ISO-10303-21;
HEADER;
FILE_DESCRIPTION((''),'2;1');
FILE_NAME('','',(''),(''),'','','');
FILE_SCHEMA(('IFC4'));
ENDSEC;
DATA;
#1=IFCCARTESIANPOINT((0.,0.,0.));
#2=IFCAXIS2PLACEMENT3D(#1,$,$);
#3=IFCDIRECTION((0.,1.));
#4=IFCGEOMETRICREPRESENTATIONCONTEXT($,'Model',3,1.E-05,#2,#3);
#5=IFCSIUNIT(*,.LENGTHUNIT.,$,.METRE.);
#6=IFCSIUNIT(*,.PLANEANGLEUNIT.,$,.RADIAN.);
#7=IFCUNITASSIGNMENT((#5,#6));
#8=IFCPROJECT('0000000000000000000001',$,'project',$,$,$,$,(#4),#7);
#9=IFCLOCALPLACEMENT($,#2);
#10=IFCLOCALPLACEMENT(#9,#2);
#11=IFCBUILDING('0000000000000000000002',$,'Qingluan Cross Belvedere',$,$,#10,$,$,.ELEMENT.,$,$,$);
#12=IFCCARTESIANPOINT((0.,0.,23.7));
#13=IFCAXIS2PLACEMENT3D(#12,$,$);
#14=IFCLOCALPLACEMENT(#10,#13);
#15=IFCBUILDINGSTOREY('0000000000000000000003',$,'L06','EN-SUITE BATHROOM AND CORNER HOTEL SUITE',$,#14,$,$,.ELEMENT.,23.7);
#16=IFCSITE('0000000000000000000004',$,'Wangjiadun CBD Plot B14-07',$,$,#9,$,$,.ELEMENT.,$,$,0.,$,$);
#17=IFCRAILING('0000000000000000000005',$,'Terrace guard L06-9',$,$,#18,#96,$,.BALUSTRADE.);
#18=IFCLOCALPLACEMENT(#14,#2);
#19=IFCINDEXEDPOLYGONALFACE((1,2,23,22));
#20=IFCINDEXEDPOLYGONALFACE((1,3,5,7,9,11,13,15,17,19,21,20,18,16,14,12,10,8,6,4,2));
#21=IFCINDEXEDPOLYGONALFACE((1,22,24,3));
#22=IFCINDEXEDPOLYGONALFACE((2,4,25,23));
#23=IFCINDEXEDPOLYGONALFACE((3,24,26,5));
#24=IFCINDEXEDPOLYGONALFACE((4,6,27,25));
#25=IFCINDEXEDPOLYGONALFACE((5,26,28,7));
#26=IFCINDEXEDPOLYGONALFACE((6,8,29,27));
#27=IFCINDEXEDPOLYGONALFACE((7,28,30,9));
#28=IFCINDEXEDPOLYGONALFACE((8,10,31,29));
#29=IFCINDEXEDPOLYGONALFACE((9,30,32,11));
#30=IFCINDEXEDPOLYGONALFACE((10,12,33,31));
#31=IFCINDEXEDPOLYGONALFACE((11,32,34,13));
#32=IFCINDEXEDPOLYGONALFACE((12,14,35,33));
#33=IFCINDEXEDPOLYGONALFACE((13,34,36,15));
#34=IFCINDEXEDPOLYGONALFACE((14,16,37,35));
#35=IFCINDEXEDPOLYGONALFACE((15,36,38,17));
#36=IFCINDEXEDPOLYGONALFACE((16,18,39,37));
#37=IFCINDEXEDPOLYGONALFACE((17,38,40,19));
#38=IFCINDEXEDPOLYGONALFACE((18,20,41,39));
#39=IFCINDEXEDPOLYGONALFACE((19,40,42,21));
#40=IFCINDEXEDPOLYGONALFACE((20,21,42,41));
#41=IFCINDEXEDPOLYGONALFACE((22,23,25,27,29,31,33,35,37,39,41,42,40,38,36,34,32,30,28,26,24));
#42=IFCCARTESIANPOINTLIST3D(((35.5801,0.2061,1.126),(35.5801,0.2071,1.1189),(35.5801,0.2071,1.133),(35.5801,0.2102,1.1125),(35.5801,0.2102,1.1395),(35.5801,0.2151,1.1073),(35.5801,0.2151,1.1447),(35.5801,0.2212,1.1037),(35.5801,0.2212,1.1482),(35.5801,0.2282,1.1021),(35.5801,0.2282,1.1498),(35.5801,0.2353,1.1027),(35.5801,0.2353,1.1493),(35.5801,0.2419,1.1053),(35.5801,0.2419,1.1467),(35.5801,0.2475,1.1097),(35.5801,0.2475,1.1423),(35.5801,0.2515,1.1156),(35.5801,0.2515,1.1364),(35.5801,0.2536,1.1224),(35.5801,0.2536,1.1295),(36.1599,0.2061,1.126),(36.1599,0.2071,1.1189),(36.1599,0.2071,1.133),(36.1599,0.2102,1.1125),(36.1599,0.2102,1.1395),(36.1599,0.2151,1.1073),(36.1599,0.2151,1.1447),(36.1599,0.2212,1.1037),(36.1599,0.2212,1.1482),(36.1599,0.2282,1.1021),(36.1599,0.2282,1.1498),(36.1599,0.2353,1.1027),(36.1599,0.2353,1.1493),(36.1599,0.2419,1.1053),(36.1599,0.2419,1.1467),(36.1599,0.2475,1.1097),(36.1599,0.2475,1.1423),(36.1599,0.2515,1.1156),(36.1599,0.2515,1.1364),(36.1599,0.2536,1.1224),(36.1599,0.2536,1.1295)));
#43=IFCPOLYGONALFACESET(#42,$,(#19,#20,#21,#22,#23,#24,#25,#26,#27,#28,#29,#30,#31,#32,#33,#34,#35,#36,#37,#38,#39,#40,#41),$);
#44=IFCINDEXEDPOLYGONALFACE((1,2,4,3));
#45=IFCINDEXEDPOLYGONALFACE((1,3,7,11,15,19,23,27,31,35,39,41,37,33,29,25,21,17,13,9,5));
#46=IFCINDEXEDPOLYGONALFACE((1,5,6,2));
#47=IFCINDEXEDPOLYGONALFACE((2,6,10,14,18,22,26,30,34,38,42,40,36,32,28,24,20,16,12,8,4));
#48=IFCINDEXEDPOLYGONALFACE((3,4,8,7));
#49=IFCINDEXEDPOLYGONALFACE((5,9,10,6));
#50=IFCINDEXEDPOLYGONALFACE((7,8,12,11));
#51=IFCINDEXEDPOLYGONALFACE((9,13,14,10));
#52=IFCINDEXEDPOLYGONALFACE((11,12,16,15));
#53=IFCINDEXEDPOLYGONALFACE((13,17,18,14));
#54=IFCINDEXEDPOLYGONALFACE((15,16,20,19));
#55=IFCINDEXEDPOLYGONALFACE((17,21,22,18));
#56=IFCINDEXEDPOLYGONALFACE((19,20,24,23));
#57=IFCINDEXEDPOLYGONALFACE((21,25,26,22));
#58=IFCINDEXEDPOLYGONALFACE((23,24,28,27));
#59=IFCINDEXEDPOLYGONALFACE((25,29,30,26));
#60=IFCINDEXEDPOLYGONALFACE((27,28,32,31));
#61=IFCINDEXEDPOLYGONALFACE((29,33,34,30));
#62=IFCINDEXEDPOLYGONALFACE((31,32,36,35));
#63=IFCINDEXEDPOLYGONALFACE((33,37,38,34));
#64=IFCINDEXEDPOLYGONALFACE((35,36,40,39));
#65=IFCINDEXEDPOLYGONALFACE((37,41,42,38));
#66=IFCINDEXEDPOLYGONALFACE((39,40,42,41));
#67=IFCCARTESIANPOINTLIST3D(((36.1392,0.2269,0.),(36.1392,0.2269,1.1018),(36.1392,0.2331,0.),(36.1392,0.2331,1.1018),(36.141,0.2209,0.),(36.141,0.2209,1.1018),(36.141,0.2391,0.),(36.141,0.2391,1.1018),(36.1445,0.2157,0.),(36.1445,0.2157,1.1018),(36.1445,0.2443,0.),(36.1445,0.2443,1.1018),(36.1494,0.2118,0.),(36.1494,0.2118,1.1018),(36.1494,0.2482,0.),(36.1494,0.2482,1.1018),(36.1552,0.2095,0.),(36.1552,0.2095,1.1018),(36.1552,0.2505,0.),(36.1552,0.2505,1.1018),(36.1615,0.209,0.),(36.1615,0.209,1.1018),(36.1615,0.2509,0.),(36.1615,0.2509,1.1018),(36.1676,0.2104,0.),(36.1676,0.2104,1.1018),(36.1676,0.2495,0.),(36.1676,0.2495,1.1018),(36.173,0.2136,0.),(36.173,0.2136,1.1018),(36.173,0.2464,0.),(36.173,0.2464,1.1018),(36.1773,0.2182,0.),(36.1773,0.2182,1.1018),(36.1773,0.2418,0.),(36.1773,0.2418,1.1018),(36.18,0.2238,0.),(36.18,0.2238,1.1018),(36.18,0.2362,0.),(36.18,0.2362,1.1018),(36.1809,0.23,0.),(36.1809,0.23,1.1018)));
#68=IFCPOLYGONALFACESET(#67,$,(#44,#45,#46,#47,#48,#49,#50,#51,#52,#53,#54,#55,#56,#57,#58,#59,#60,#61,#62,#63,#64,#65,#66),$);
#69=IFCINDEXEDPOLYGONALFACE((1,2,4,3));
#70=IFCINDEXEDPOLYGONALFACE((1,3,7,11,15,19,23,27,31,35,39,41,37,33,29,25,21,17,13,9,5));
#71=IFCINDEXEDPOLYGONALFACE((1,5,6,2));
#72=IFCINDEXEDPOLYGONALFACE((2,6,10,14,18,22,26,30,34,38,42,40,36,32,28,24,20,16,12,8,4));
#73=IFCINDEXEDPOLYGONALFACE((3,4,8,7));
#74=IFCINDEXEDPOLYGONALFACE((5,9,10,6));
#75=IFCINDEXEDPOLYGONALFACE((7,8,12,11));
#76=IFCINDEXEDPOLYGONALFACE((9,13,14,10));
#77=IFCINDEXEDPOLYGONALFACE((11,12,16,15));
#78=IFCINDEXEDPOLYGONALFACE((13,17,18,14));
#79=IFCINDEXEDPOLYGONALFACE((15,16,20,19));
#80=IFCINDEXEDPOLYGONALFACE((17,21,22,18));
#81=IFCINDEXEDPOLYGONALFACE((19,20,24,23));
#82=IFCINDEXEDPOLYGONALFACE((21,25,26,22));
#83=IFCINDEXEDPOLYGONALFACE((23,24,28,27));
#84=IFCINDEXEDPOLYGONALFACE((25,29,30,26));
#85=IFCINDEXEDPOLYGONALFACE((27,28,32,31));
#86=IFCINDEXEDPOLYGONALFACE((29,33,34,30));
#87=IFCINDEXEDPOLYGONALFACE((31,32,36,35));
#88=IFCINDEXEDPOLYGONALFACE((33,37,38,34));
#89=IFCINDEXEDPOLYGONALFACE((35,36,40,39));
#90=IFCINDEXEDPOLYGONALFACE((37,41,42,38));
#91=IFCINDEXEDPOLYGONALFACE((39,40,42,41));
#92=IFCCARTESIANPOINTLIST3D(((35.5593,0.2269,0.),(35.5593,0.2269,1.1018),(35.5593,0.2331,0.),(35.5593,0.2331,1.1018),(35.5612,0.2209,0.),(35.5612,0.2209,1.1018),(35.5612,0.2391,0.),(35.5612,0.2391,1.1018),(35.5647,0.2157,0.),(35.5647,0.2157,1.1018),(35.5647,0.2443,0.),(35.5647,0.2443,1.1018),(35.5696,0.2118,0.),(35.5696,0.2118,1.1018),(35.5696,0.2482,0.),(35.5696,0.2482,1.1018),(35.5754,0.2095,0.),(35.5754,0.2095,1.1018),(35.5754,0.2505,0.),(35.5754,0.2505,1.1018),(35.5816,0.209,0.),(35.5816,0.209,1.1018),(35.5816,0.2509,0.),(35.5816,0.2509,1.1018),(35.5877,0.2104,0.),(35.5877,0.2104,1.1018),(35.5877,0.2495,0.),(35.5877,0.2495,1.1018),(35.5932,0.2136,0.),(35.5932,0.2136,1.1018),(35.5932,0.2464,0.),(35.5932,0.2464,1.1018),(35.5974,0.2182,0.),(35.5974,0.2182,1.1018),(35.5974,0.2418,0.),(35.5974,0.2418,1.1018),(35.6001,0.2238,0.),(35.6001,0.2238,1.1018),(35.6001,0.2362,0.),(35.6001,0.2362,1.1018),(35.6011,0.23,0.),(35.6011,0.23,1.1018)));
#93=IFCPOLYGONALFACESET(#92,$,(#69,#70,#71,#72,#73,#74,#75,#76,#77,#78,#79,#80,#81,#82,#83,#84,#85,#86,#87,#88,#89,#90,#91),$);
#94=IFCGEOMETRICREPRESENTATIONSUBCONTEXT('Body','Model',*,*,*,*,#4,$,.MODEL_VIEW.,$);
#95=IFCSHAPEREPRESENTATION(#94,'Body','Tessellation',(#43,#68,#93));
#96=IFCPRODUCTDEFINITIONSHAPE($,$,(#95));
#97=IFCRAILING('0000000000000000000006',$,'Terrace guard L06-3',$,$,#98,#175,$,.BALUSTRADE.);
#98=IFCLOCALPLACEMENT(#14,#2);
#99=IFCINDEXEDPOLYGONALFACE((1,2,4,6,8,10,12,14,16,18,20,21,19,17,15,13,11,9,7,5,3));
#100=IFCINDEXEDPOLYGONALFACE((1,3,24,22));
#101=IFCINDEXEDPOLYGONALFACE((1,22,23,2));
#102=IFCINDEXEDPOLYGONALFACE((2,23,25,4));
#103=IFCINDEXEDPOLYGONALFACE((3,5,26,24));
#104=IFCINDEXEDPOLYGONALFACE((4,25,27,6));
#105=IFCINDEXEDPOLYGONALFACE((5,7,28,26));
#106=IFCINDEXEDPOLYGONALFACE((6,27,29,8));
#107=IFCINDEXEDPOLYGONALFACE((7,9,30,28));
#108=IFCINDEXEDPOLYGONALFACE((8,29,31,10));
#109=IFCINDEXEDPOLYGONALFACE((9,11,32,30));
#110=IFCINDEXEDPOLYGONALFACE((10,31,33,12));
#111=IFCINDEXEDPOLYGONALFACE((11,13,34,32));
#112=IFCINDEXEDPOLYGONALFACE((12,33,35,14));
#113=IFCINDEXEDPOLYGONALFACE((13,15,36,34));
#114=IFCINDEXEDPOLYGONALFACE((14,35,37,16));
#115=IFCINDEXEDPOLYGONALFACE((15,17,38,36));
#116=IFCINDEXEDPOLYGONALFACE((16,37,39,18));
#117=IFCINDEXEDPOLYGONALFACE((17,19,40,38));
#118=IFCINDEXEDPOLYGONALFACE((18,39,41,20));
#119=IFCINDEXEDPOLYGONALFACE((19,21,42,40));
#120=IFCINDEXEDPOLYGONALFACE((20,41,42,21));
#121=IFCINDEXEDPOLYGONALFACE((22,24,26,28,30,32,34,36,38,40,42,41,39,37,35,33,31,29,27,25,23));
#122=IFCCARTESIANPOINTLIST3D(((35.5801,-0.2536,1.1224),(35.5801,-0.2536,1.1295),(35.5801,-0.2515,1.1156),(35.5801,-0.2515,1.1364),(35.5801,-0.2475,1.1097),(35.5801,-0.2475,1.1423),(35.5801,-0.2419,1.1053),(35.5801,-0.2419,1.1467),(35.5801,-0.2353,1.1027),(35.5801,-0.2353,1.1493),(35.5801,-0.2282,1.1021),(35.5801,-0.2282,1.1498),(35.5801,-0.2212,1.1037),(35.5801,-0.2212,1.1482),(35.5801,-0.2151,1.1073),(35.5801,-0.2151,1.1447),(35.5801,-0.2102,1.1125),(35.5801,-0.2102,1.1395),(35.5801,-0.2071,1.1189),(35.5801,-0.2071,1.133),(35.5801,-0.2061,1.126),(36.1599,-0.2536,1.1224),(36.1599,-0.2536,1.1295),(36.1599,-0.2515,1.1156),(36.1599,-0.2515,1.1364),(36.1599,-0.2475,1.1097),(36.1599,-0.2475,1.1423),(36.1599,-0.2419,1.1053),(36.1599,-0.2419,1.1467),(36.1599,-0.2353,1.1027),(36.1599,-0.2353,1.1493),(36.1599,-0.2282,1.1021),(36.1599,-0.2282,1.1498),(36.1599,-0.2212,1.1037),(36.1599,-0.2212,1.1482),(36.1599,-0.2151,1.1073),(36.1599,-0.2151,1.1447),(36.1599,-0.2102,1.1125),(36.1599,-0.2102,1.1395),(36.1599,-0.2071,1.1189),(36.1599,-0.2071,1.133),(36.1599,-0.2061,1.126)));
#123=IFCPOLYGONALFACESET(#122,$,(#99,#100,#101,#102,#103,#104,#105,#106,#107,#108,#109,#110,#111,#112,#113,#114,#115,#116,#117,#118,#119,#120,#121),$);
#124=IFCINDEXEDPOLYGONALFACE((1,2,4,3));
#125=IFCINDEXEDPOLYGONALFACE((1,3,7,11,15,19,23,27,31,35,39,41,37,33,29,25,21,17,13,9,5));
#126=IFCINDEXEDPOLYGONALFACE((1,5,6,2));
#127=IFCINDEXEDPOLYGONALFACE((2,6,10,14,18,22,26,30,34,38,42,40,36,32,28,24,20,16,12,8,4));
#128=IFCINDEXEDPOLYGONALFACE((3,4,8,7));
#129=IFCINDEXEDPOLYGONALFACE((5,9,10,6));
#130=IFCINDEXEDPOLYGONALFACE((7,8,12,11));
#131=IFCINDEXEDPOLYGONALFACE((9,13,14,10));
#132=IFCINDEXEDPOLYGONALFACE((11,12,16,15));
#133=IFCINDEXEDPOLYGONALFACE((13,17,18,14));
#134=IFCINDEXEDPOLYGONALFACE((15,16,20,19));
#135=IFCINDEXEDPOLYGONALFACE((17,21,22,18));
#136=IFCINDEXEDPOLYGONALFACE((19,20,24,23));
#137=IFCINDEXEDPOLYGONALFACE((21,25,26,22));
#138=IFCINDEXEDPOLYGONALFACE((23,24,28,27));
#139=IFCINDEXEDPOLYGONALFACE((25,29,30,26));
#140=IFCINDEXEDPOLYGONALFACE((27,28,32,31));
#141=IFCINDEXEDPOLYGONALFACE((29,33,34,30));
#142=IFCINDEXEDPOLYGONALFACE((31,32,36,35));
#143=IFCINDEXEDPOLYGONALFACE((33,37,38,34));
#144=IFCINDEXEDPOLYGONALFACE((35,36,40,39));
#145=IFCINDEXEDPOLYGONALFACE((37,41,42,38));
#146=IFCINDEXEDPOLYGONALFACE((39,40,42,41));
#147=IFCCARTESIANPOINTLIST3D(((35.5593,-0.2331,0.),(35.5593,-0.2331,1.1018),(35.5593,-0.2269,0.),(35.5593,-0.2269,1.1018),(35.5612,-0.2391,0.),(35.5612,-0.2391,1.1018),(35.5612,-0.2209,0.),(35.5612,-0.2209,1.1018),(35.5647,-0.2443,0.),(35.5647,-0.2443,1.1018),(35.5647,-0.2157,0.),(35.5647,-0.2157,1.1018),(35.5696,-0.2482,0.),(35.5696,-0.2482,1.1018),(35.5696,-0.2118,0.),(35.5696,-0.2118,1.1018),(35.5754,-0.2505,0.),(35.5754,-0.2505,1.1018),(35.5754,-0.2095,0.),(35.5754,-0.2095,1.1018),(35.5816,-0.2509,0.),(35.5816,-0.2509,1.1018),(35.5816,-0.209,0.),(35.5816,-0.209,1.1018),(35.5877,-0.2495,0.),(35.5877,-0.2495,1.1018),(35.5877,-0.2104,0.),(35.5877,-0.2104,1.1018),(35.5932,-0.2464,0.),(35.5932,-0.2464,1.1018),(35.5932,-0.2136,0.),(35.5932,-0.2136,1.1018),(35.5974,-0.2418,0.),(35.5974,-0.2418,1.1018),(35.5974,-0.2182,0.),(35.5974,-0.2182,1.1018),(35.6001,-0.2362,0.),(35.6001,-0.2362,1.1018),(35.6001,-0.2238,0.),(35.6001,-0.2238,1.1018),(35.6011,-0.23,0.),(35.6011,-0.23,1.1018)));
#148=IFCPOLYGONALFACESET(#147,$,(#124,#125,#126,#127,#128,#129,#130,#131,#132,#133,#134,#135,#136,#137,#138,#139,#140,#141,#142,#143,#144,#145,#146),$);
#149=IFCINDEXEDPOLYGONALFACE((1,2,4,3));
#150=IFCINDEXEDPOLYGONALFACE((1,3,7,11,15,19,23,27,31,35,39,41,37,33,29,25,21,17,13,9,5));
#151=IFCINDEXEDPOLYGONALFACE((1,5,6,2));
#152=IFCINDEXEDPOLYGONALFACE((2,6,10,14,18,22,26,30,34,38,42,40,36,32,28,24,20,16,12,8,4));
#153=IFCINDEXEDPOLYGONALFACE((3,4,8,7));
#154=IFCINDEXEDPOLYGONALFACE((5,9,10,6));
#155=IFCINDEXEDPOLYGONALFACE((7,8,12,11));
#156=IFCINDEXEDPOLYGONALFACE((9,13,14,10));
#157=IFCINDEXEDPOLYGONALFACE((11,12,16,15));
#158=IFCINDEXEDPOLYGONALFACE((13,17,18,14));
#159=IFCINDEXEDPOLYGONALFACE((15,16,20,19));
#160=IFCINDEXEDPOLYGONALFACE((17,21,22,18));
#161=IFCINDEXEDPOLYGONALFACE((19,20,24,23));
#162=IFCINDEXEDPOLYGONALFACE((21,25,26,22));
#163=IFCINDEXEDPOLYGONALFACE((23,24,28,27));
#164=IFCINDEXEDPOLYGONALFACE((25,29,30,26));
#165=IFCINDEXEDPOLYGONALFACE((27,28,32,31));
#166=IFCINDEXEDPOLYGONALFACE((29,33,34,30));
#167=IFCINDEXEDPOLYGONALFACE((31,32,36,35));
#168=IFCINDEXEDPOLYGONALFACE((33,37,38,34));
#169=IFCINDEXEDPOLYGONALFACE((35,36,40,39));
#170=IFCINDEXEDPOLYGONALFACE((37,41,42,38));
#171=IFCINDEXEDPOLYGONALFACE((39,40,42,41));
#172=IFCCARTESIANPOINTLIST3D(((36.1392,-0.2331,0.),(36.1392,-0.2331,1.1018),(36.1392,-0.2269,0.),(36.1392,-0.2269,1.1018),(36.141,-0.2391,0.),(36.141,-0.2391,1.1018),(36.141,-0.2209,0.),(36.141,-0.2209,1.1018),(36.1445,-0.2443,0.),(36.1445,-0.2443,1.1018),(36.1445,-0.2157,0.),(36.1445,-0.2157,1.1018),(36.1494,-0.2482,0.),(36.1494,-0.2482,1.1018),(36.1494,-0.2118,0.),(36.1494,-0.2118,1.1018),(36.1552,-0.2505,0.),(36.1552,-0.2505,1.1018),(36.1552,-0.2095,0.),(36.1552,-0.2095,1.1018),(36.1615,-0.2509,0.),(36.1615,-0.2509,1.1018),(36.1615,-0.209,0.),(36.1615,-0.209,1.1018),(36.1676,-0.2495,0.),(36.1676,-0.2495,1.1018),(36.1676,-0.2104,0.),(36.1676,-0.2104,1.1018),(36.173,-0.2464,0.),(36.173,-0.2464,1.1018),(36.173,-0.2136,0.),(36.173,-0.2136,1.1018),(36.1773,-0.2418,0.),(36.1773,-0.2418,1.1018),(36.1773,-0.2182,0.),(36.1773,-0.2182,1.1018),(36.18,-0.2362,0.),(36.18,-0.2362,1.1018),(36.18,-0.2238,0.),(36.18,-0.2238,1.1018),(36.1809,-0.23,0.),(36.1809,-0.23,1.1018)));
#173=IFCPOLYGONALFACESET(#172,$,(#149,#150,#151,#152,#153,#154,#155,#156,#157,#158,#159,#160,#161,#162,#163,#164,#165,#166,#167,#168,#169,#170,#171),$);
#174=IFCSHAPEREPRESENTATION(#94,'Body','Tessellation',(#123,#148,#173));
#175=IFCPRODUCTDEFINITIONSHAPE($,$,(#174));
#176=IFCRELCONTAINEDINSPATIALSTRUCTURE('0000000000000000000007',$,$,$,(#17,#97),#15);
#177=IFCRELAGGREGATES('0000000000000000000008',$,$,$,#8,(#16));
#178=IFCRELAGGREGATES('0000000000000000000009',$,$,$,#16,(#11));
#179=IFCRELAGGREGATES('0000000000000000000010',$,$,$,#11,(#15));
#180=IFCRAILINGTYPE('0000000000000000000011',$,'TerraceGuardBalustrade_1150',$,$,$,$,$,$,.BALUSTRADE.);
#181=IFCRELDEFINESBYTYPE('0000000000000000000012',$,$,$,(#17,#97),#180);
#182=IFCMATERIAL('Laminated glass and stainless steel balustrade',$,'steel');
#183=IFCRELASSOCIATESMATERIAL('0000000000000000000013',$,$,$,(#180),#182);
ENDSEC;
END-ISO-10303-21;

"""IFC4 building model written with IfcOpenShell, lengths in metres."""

from ifc_helpers import new_model, si_unit, direction, frame, origin, origin_2d, place, context, subcontext, project, spatial, circle, extrude, material, type_object, element, save


model = new_model("IFC4")

# Units and contexts
model_context = context("Model", 3, precision=1e-05, world=origin(), true_north=direction((0.0, 1.0)))
body_context = subcontext(model_context, "Body", "Model", "MODEL_VIEW")
ifc_project = project(units=[si_unit("LENGTHUNIT", "METRE"), si_unit("PLANEANGLEUNIT", "RADIAN")], contexts=[model_context])

# Site, building, storey
site_placement = place(None, origin())
site = spatial("IfcSite", under=ifc_project, at=site_placement, Name="Wangjiadun CBD Plot B14-07", CompositionType="ELEMENT", RefElevation=0.0)
building_placement = place(site_placement, origin())
building = spatial("IfcBuilding", under=site, at=building_placement, Name="Qingluan Cross Belvedere", CompositionType="ELEMENT")
storey_placement = place(building_placement, frame((0.0, 0.0, 23.7)))
storey = spatial("IfcBuildingStorey", under=building, at=storey_placement, Name="L06", Description="EN-SUITE BATHROOM AND CORNER HOTEL SUITE", CompositionType="ELEMENT", Elevation=23.7)

# Railings
ifc_material_1 = material(Name="Laminated glass and stainless steel balustrade", Category="steel")
railing_type = type_object("IfcRailingType", Name="TerraceGuardBalustrade_1150", PredefinedType="BALUSTRADE", material=ifc_material_1)
railing_1_placement = place(storey_placement, frame((36.1599, 0.23, 0.0)))
element("IfcRailing", 1, at=railing_1_placement, inside=storey, type_object=railing_type, Name="Terrace guard L06-9", PredefinedType="BALUSTRADE", context=body_context, shape_type="SweptSolid", body=[
    extrude(circle(Radius=0.0239, at=origin_2d()), frame((0.0, 0.0, 1.126), z_axis=(-1.0, 0.0, 0.0), x_axis=(0.0, -1.0, 0.0)), (0.0, 0.0, 1.0), 0.5798),
    extrude(circle(Radius=0.021, at=origin_2d()), origin(), (0.0, 0.0, 1.0), 1.1018),
    extrude(circle(Radius=0.021, at=origin_2d()), frame((-0.5798, 0.0, 0.0)), (0.0, 0.0, 1.0), 1.1018),
])
railing_2_placement = place(storey_placement, frame((35.5801, -0.23, 0.0)))
element("IfcRailing", 2, at=railing_2_placement, inside=storey, type_object=railing_type, Name="Terrace guard L06-3", PredefinedType="BALUSTRADE", context=body_context, shape_type="SweptSolid", body=[
    extrude(circle(Radius=0.0239, at=origin_2d()), frame((0.0, 0.0, 1.126), z_axis=(1.0, 0.0, 0.0), x_axis=(0.0, 1.0, 0.0)), (0.0, 0.0, 1.0), 0.5798),
    extrude(circle(Radius=0.021, at=origin_2d()), origin(), (0.0, 0.0, 1.0), 1.1018),
    extrude(circle(Radius=0.021, at=origin_2d()), frame((0.5798, 0.0, 0.0)), (0.0, 0.0, 1.0), 1.1018),
])

save(model, "model.ifc")
